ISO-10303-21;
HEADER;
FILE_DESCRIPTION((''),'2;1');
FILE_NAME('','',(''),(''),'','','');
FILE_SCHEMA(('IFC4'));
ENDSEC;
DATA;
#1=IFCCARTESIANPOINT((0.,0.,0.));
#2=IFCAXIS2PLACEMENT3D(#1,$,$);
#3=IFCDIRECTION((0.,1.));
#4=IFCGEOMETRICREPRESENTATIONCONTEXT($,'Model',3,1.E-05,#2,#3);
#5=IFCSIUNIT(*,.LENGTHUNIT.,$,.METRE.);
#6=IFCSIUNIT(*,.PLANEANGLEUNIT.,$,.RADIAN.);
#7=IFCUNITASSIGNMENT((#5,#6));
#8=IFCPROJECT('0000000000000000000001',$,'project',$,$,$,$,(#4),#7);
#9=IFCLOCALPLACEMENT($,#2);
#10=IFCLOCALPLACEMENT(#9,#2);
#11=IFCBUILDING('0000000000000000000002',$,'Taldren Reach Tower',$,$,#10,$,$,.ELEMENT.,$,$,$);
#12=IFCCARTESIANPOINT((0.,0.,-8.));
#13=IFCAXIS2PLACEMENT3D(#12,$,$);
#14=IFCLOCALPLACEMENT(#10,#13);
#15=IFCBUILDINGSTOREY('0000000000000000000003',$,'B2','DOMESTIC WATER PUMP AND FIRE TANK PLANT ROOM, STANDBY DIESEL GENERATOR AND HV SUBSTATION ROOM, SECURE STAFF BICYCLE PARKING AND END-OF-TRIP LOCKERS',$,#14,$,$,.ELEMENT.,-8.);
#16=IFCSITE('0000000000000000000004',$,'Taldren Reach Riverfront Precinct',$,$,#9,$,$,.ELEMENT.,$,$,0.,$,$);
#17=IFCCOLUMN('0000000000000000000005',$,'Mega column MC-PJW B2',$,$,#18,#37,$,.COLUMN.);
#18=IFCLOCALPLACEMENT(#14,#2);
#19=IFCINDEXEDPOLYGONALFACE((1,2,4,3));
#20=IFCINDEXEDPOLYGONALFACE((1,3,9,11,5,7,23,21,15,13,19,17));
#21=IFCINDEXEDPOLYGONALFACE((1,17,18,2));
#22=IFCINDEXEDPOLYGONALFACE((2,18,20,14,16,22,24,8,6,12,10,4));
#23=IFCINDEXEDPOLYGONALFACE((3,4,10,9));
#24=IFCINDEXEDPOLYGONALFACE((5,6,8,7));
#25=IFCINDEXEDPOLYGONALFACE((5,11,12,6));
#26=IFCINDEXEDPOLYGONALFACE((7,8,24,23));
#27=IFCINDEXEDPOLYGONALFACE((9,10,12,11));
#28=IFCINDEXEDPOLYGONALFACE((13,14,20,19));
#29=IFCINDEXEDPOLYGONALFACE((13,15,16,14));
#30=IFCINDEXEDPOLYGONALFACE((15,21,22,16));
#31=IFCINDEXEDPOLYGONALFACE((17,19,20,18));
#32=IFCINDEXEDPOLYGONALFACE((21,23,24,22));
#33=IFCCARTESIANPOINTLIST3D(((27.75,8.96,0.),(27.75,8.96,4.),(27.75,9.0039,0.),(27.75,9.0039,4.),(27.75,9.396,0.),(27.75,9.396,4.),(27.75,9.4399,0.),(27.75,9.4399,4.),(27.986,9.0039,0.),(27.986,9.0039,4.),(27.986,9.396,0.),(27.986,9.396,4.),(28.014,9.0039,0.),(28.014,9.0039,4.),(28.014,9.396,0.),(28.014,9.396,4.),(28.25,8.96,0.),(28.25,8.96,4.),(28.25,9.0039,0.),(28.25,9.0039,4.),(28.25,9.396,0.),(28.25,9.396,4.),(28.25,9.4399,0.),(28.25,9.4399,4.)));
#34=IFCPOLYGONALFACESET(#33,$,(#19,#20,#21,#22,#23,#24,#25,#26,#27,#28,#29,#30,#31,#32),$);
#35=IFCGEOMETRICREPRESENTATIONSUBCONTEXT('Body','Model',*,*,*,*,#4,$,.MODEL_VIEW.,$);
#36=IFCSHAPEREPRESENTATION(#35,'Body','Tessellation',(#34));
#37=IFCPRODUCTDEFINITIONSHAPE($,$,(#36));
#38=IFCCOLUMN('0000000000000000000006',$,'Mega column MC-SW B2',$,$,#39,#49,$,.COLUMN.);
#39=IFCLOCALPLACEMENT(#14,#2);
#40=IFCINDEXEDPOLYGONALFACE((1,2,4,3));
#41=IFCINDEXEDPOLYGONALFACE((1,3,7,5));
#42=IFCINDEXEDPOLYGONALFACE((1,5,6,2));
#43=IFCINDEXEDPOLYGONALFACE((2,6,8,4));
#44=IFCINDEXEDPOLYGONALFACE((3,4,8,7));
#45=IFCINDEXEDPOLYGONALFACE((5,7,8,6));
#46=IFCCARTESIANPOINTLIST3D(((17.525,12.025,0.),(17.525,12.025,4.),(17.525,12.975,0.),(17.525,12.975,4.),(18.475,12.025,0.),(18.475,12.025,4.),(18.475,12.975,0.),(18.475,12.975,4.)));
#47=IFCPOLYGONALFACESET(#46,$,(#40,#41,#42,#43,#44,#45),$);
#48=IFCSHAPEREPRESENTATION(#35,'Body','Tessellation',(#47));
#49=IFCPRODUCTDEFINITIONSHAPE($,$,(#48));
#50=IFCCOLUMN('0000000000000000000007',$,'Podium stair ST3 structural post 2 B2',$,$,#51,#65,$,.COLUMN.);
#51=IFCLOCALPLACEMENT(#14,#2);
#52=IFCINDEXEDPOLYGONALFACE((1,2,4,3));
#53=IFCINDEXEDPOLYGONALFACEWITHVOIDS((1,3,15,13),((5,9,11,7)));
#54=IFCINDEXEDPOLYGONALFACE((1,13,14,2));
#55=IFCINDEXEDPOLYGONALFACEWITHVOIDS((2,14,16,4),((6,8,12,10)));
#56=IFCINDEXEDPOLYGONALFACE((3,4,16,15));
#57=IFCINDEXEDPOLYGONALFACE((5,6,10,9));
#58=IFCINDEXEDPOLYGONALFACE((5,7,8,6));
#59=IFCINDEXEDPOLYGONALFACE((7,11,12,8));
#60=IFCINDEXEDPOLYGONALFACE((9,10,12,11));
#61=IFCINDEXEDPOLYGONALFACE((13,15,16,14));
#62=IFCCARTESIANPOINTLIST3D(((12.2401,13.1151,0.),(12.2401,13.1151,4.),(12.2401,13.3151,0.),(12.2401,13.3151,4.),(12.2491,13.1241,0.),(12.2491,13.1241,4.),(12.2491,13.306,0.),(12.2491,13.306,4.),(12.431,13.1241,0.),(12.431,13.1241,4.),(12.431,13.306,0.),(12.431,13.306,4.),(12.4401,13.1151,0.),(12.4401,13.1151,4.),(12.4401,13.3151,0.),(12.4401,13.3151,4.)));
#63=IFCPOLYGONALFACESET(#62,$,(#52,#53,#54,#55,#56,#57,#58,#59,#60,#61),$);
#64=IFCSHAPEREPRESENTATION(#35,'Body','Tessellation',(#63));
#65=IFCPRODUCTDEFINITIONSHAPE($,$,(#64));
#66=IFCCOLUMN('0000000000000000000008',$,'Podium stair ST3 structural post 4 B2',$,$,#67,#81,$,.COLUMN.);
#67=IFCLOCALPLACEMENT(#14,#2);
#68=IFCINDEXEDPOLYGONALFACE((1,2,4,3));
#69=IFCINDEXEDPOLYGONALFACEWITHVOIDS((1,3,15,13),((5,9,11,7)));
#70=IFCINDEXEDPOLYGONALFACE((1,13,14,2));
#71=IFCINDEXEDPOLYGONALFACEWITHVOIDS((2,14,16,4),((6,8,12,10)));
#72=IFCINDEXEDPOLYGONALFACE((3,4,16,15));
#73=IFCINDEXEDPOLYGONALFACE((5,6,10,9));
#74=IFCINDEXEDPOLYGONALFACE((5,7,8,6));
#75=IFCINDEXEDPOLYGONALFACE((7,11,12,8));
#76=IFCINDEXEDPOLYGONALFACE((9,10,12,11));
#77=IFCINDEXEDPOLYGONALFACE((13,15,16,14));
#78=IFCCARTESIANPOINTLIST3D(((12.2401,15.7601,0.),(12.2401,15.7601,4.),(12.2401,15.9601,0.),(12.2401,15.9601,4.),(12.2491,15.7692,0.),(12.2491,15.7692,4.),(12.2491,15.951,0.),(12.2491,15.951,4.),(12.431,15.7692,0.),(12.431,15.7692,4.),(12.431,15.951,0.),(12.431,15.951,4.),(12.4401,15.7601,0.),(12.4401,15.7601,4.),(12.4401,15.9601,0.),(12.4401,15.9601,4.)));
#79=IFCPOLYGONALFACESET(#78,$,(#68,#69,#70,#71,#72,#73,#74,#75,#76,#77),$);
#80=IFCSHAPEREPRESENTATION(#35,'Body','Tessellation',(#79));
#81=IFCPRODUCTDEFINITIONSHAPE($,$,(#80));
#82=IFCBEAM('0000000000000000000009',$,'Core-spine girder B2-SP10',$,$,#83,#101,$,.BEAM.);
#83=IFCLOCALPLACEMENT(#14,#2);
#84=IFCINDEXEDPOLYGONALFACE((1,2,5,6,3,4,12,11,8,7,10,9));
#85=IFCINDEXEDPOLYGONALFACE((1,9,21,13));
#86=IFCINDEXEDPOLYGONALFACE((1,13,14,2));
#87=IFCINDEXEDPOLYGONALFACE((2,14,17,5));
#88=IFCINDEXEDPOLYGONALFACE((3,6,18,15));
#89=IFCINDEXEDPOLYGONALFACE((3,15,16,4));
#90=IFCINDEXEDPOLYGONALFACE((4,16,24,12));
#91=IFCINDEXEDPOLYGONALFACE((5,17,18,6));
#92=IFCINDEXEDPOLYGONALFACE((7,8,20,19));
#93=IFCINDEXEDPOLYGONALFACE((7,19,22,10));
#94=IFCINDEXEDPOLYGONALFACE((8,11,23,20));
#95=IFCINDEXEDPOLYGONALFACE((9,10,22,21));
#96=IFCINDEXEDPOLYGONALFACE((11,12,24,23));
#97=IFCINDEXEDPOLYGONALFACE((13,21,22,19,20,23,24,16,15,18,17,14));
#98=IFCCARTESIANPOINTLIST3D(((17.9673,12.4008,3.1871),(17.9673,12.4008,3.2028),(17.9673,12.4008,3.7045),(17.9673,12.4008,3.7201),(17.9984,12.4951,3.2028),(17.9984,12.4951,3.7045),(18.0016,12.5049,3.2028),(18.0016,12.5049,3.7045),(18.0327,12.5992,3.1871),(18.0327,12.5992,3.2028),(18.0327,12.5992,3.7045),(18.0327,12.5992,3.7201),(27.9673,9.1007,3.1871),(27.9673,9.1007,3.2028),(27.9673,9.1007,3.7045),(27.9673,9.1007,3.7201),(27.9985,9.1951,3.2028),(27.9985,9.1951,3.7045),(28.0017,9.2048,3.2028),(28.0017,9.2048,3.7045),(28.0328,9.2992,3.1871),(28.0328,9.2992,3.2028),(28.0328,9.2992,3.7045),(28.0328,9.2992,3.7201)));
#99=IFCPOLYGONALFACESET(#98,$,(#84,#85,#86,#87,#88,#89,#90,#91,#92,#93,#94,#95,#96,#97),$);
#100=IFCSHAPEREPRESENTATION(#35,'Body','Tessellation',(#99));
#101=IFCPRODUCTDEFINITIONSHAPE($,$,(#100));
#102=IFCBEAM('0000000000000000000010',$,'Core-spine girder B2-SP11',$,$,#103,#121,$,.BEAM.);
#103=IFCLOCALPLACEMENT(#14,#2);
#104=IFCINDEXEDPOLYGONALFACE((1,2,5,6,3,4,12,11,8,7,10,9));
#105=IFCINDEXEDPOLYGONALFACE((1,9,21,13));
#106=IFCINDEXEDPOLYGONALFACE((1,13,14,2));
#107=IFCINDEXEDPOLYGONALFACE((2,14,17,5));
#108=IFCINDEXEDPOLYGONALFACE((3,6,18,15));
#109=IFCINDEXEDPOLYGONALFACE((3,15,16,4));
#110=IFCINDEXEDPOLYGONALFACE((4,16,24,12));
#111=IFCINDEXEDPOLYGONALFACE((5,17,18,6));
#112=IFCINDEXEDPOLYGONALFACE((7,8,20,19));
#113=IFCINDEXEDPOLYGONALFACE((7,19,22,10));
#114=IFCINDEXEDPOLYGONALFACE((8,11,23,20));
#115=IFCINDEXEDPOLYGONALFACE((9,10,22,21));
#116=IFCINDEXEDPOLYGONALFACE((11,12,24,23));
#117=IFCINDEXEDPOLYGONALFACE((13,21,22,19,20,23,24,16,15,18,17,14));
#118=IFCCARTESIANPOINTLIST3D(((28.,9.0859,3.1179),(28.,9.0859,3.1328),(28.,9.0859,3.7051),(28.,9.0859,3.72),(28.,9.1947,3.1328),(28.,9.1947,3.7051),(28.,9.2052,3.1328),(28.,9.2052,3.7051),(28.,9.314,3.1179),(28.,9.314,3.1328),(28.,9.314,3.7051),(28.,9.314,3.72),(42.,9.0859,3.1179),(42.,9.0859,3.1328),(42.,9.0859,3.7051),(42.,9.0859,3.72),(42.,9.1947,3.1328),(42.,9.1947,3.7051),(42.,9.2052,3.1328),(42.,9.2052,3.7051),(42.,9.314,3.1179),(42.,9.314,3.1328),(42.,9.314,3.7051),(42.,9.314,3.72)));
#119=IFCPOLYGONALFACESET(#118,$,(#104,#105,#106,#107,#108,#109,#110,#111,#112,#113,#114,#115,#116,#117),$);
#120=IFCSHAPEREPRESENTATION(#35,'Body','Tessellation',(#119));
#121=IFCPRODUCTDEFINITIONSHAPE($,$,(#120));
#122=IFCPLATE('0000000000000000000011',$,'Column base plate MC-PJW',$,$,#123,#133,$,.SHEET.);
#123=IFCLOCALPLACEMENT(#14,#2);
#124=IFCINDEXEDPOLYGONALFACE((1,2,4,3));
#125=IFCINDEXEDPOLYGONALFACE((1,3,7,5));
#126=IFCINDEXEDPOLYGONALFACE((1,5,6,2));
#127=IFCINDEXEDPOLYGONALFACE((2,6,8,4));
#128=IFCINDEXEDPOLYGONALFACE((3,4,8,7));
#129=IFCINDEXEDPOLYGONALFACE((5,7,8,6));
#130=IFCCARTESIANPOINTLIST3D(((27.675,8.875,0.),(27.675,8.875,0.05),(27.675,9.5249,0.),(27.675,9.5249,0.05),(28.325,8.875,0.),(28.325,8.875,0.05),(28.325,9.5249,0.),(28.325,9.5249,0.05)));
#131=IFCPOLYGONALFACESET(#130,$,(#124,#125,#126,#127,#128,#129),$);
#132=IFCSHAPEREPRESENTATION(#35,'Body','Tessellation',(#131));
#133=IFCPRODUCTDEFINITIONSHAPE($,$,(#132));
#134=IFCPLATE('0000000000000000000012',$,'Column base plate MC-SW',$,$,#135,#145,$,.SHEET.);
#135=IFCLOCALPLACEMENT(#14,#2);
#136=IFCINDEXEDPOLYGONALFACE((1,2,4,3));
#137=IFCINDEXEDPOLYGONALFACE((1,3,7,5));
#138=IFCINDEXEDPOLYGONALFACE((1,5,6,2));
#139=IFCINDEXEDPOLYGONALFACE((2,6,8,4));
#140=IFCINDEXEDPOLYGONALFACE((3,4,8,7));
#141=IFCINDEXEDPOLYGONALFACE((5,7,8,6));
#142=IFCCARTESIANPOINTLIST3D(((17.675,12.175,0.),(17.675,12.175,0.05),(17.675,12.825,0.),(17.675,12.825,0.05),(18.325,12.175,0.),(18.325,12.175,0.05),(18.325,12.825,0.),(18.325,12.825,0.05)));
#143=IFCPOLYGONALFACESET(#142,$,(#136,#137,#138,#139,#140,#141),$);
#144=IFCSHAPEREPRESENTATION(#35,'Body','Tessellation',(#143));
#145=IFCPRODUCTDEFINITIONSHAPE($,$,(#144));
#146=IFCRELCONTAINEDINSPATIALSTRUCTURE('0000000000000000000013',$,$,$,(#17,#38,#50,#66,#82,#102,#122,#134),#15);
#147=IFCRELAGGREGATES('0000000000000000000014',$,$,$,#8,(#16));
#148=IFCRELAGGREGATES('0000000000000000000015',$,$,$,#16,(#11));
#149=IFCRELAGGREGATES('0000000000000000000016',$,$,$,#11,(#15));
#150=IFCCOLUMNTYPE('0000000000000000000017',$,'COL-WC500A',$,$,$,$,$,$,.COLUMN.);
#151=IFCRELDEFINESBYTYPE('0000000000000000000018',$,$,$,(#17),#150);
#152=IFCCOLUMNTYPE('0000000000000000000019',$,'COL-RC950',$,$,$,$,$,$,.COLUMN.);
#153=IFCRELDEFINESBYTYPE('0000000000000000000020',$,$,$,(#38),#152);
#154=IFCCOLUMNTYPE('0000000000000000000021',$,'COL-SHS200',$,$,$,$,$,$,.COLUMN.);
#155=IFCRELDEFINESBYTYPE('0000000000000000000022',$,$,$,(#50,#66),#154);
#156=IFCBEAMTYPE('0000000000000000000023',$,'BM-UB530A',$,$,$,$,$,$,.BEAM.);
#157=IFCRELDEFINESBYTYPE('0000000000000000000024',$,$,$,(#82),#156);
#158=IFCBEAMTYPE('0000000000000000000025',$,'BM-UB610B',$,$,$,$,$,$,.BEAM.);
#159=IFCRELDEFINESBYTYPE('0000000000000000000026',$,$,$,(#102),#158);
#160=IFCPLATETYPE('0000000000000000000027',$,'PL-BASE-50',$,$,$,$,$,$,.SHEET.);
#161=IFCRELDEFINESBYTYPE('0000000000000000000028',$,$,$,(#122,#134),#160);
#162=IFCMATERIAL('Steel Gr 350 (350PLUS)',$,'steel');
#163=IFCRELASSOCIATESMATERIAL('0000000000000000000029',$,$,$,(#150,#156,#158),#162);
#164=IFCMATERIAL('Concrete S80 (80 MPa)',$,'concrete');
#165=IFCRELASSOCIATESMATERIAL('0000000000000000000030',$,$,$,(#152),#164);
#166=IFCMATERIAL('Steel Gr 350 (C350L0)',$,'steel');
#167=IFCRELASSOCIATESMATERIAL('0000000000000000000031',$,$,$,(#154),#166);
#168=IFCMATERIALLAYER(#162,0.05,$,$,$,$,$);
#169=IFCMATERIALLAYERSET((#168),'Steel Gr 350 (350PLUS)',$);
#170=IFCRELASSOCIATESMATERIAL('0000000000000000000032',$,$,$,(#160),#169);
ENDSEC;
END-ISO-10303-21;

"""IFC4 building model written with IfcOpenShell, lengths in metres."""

from ifc_helpers import new_model, si_unit, direction, frame, origin, origin_2d, place, context, subcontext, project, spatial, rectangle, hollow_rectangle, i_section, extrude, source, transform, mapped, material, layer, layer_set, material_profile, profile_set, type_object, element, save


model = new_model("IFC4")

# Units and contexts
model_context = context("Model", 3, precision=1e-05, world=origin(), true_north=direction((0.0, 1.0)))
body_context = subcontext(model_context, "Body", "Model", "MODEL_VIEW")
ifc_project = project(units=[si_unit("LENGTHUNIT", "METRE"), si_unit("PLANEANGLEUNIT", "RADIAN")], contexts=[model_context])

# Site, building, storey
site_placement = place(None, origin())
site = spatial("IfcSite", under=ifc_project, at=site_placement, Name="Taldren Reach Riverfront Precinct", CompositionType="ELEMENT", RefElevation=0.0)
building_placement = place(site_placement, origin())
building = spatial("IfcBuilding", under=site, at=building_placement, Name="Taldren Reach Tower", CompositionType="ELEMENT")
storey_placement = place(building_placement, frame((0.0, 0.0, -8.0)))
storey = spatial("IfcBuildingStorey", under=building, at=storey_placement, Name="B2", Description="DOMESTIC WATER PUMP AND FIRE TANK PLANT ROOM, STANDBY DIESEL GENERATOR AND HV SUBSTATION ROOM, SECURE STAFF BICYCLE PARKING AND END-OF-TRIP LOCKERS", CompositionType="ELEMENT", Elevation=-8.0)

# Columns
ifc_material_1 = material(Name="Steel Gr 350 (350PLUS)", Category="steel")
ifc_material_profile_1 = material_profile(ifc_material_1, i_section(OverallWidth=0.5, OverallDepth=0.48, WebThickness=0.0281, FlangeThickness=0.0439, at=origin_2d()), Name="500WC440")
ifc_profile_set_1 = profile_set([ifc_material_profile_1], Name="Steel Gr 350 (350PLUS)")
column_type_1 = type_object("IfcColumnType", Name="COL-WC500A", PredefinedType="COLUMN", material=ifc_profile_set_1)
shared_shape_1 = source(origin(), body_context, "Body", "SweptSolid", [
    extrude(i_section(OverallWidth=0.5, OverallDepth=0.48, WebThickness=0.0281, FlangeThickness=0.0439, at=origin_2d()), origin(), (0.0, 0.0, 1.0), 4.0),
])
column_1_placement = place(storey_placement, frame((28.0, 9.2, 0.0), z_axis=(0.0, 0.0, 1.0), x_axis=(1.0, 0.0, 0.0)))
element("IfcColumn", 1, at=column_1_placement, inside=storey, type_object=column_type_1, Name="Mega column MC-PJW B2", PredefinedType="COLUMN", context=body_context, shape_type="MappedRepresentation", body=[
    mapped(shared_shape_1, transform((0.0, 0.0, 0.0), scale=1.0)),
])
ifc_material_2 = material(Name="Concrete S80 (80 MPa)", Category="concrete")
ifc_material_profile_2 = material_profile(ifc_material_2, rectangle(XDim=0.95, YDim=0.95, at=origin_2d()), Name="RC-950x950")
ifc_profile_set_2 = profile_set([ifc_material_profile_2], Name="Concrete S80 (80 MPa)")
column_type_2 = type_object("IfcColumnType", Name="COL-RC950", PredefinedType="COLUMN", material=ifc_profile_set_2)
shared_shape_2 = source(origin(), body_context, "Body", "SweptSolid", [
    extrude(rectangle(XDim=0.95, YDim=0.95, at=origin_2d()), origin(), (0.0, 0.0, 1.0), 4.0),
])
column_2_placement = place(storey_placement, frame((18.0, 12.5, 0.0), z_axis=(0.0, 0.0, 1.0), x_axis=(1.0, 0.0, 0.0)))
element("IfcColumn", 2, at=column_2_placement, inside=storey, type_object=column_type_2, Name="Mega column MC-SW B2", PredefinedType="COLUMN", context=body_context, shape_type="MappedRepresentation", body=[
    mapped(shared_shape_2, transform((0.0, 0.0, 0.0), scale=1.0)),
])
ifc_material_3 = material(Name="Steel Gr 350 (C350L0)", Category="steel")
ifc_material_profile_3 = material_profile(ifc_material_3, hollow_rectangle(XDim=0.2, YDim=0.2, WallThickness=0.009, at=origin_2d()), Name="200x200x9.0SHS")
ifc_profile_set_3 = profile_set([ifc_material_profile_3], Name="Steel Gr 350 (C350L0)")
column_type_3 = type_object("IfcColumnType", Name="COL-SHS200", PredefinedType="COLUMN", material=ifc_profile_set_3)
shared_shape_3 = source(origin(), body_context, "Body", "SweptSolid", [
    extrude(hollow_rectangle(XDim=0.2, YDim=0.2, WallThickness=0.009, at=origin_2d()), origin(), (0.0, 0.0, 1.0), 4.0),
])
for number, where, z_axis, x_axis, name in (
    (3, (12.3401, 13.2151, 0.0), (0.0, 0.0, 1.0), (1.0, 0.0, 0.0), "Podium stair ST3 structural post 2 B2"),
    (4, (12.3401, 15.8601, 0.0), (0.0, 0.0, 1.0), (1.0, 0.0, 0.0), "Podium stair ST3 structural post 4 B2"),
):
    element("IfcColumn", number, at=place(storey_placement, frame(where, z_axis=z_axis, x_axis=x_axis)), inside=storey, type_object=column_type_3, Name=name, PredefinedType="COLUMN", context=body_context, shape_type="MappedRepresentation", body=[
        mapped(shared_shape_3, transform((0.0, 0.0, 0.0), scale=1.0)),
    ])

# Beams
ifc_material_profile_4 = material_profile(ifc_material_1, i_section(OverallWidth=0.209, OverallDepth=0.533, WebThickness=0.0103, FlangeThickness=0.0156, at=origin_2d()), Name="530UB92.4")
ifc_profile_set_4 = profile_set([ifc_material_profile_4], Name="Steel Gr 350 (350PLUS)")
beam_type_1 = type_object("IfcBeamType", Name="BM-UB530A", PredefinedType="BEAM", material=ifc_profile_set_4)
shared_shape_4 = source(origin(), body_context, "Body", "SweptSolid", [
    extrude(i_section(OverallWidth=0.209, OverallDepth=0.533, WebThickness=0.0103, FlangeThickness=0.0156, at=origin_2d()), origin(), (0.0, 0.0, 1.0), 10.5305),
])
beam_1_placement = place(storey_placement, frame((18.0, 12.5, 3.4536), z_axis=(0.949627, -0.313382, 0.0), x_axis=(0.313382, 0.949627, 0.0)))
element("IfcBeam", 5, at=beam_1_placement, inside=storey, type_object=beam_type_1, Name="Core-spine girder B2-SP10", PredefinedType="BEAM", context=body_context, shape_type="MappedRepresentation", body=[
    mapped(shared_shape_4, transform((0.0, 0.0, 0.0), scale=1.0)),
])
ifc_material_profile_5 = material_profile(ifc_material_1, i_section(OverallWidth=0.228, OverallDepth=0.6021, WebThickness=0.0105, FlangeThickness=0.0149, at=origin_2d()), Name="610UB101")
ifc_profile_set_5 = profile_set([ifc_material_profile_5], Name="Steel Gr 350 (350PLUS)")
beam_type_2 = type_object("IfcBeamType", Name="BM-UB610B", PredefinedType="BEAM", material=ifc_profile_set_5)
shared_shape_5 = source(origin(), body_context, "Body", "SweptSolid", [
    extrude(i_section(OverallWidth=0.228, OverallDepth=0.6021, WebThickness=0.0105, FlangeThickness=0.0149, at=origin_2d()), origin(), (0.0, 0.0, 1.0), 14.0),
])
beam_2_placement = place(storey_placement, frame((28.0, 9.2, 3.4189), z_axis=(1.0, 0.0, 0.0), x_axis=(0.0, 1.0, 0.0)))
element("IfcBeam", 6, at=beam_2_placement, inside=storey, type_object=beam_type_2, Name="Core-spine girder B2-SP11", PredefinedType="BEAM", context=body_context, shape_type="MappedRepresentation", body=[
    mapped(shared_shape_5, transform((0.0, 0.0, 0.0), scale=1.0)),
])

# Plates
ifc_layer_1 = layer(ifc_material_1, 0.05)
ifc_layer_set_1 = layer_set([ifc_layer_1], Name="Steel Gr 350 (350PLUS)")
plate_type = type_object("IfcPlateType", Name="PL-BASE-50", PredefinedType="SHEET", material=ifc_layer_set_1)
shared_shape_6 = source(origin(), body_context, "Body", "SweptSolid", [
    extrude(rectangle(XDim=0.6499, YDim=0.6499, at=origin_2d()), origin(), (0.0, 0.0, 1.0), 0.05),
])
for number, where, z_axis, x_axis, name in (
    (7, (28.0, 9.2, 0.0), (0.0, 0.0, 1.0), (1.0, 0.0, 0.0), "Column base plate MC-PJW"),
    (8, (18.0, 12.5, 0.0), (0.0, 0.0, 1.0), (1.0, 0.0, 0.0), "Column base plate MC-SW"),
):
    element("IfcPlate", number, at=place(storey_placement, frame(where, z_axis=z_axis, x_axis=x_axis)), inside=storey, type_object=plate_type, Name=name, PredefinedType="SHEET", context=body_context, shape_type="MappedRepresentation", body=[
        mapped(shared_shape_6, transform((0.0, 0.0, 0.0), scale=1.0)),
    ])

save(model, "model.ifc")
